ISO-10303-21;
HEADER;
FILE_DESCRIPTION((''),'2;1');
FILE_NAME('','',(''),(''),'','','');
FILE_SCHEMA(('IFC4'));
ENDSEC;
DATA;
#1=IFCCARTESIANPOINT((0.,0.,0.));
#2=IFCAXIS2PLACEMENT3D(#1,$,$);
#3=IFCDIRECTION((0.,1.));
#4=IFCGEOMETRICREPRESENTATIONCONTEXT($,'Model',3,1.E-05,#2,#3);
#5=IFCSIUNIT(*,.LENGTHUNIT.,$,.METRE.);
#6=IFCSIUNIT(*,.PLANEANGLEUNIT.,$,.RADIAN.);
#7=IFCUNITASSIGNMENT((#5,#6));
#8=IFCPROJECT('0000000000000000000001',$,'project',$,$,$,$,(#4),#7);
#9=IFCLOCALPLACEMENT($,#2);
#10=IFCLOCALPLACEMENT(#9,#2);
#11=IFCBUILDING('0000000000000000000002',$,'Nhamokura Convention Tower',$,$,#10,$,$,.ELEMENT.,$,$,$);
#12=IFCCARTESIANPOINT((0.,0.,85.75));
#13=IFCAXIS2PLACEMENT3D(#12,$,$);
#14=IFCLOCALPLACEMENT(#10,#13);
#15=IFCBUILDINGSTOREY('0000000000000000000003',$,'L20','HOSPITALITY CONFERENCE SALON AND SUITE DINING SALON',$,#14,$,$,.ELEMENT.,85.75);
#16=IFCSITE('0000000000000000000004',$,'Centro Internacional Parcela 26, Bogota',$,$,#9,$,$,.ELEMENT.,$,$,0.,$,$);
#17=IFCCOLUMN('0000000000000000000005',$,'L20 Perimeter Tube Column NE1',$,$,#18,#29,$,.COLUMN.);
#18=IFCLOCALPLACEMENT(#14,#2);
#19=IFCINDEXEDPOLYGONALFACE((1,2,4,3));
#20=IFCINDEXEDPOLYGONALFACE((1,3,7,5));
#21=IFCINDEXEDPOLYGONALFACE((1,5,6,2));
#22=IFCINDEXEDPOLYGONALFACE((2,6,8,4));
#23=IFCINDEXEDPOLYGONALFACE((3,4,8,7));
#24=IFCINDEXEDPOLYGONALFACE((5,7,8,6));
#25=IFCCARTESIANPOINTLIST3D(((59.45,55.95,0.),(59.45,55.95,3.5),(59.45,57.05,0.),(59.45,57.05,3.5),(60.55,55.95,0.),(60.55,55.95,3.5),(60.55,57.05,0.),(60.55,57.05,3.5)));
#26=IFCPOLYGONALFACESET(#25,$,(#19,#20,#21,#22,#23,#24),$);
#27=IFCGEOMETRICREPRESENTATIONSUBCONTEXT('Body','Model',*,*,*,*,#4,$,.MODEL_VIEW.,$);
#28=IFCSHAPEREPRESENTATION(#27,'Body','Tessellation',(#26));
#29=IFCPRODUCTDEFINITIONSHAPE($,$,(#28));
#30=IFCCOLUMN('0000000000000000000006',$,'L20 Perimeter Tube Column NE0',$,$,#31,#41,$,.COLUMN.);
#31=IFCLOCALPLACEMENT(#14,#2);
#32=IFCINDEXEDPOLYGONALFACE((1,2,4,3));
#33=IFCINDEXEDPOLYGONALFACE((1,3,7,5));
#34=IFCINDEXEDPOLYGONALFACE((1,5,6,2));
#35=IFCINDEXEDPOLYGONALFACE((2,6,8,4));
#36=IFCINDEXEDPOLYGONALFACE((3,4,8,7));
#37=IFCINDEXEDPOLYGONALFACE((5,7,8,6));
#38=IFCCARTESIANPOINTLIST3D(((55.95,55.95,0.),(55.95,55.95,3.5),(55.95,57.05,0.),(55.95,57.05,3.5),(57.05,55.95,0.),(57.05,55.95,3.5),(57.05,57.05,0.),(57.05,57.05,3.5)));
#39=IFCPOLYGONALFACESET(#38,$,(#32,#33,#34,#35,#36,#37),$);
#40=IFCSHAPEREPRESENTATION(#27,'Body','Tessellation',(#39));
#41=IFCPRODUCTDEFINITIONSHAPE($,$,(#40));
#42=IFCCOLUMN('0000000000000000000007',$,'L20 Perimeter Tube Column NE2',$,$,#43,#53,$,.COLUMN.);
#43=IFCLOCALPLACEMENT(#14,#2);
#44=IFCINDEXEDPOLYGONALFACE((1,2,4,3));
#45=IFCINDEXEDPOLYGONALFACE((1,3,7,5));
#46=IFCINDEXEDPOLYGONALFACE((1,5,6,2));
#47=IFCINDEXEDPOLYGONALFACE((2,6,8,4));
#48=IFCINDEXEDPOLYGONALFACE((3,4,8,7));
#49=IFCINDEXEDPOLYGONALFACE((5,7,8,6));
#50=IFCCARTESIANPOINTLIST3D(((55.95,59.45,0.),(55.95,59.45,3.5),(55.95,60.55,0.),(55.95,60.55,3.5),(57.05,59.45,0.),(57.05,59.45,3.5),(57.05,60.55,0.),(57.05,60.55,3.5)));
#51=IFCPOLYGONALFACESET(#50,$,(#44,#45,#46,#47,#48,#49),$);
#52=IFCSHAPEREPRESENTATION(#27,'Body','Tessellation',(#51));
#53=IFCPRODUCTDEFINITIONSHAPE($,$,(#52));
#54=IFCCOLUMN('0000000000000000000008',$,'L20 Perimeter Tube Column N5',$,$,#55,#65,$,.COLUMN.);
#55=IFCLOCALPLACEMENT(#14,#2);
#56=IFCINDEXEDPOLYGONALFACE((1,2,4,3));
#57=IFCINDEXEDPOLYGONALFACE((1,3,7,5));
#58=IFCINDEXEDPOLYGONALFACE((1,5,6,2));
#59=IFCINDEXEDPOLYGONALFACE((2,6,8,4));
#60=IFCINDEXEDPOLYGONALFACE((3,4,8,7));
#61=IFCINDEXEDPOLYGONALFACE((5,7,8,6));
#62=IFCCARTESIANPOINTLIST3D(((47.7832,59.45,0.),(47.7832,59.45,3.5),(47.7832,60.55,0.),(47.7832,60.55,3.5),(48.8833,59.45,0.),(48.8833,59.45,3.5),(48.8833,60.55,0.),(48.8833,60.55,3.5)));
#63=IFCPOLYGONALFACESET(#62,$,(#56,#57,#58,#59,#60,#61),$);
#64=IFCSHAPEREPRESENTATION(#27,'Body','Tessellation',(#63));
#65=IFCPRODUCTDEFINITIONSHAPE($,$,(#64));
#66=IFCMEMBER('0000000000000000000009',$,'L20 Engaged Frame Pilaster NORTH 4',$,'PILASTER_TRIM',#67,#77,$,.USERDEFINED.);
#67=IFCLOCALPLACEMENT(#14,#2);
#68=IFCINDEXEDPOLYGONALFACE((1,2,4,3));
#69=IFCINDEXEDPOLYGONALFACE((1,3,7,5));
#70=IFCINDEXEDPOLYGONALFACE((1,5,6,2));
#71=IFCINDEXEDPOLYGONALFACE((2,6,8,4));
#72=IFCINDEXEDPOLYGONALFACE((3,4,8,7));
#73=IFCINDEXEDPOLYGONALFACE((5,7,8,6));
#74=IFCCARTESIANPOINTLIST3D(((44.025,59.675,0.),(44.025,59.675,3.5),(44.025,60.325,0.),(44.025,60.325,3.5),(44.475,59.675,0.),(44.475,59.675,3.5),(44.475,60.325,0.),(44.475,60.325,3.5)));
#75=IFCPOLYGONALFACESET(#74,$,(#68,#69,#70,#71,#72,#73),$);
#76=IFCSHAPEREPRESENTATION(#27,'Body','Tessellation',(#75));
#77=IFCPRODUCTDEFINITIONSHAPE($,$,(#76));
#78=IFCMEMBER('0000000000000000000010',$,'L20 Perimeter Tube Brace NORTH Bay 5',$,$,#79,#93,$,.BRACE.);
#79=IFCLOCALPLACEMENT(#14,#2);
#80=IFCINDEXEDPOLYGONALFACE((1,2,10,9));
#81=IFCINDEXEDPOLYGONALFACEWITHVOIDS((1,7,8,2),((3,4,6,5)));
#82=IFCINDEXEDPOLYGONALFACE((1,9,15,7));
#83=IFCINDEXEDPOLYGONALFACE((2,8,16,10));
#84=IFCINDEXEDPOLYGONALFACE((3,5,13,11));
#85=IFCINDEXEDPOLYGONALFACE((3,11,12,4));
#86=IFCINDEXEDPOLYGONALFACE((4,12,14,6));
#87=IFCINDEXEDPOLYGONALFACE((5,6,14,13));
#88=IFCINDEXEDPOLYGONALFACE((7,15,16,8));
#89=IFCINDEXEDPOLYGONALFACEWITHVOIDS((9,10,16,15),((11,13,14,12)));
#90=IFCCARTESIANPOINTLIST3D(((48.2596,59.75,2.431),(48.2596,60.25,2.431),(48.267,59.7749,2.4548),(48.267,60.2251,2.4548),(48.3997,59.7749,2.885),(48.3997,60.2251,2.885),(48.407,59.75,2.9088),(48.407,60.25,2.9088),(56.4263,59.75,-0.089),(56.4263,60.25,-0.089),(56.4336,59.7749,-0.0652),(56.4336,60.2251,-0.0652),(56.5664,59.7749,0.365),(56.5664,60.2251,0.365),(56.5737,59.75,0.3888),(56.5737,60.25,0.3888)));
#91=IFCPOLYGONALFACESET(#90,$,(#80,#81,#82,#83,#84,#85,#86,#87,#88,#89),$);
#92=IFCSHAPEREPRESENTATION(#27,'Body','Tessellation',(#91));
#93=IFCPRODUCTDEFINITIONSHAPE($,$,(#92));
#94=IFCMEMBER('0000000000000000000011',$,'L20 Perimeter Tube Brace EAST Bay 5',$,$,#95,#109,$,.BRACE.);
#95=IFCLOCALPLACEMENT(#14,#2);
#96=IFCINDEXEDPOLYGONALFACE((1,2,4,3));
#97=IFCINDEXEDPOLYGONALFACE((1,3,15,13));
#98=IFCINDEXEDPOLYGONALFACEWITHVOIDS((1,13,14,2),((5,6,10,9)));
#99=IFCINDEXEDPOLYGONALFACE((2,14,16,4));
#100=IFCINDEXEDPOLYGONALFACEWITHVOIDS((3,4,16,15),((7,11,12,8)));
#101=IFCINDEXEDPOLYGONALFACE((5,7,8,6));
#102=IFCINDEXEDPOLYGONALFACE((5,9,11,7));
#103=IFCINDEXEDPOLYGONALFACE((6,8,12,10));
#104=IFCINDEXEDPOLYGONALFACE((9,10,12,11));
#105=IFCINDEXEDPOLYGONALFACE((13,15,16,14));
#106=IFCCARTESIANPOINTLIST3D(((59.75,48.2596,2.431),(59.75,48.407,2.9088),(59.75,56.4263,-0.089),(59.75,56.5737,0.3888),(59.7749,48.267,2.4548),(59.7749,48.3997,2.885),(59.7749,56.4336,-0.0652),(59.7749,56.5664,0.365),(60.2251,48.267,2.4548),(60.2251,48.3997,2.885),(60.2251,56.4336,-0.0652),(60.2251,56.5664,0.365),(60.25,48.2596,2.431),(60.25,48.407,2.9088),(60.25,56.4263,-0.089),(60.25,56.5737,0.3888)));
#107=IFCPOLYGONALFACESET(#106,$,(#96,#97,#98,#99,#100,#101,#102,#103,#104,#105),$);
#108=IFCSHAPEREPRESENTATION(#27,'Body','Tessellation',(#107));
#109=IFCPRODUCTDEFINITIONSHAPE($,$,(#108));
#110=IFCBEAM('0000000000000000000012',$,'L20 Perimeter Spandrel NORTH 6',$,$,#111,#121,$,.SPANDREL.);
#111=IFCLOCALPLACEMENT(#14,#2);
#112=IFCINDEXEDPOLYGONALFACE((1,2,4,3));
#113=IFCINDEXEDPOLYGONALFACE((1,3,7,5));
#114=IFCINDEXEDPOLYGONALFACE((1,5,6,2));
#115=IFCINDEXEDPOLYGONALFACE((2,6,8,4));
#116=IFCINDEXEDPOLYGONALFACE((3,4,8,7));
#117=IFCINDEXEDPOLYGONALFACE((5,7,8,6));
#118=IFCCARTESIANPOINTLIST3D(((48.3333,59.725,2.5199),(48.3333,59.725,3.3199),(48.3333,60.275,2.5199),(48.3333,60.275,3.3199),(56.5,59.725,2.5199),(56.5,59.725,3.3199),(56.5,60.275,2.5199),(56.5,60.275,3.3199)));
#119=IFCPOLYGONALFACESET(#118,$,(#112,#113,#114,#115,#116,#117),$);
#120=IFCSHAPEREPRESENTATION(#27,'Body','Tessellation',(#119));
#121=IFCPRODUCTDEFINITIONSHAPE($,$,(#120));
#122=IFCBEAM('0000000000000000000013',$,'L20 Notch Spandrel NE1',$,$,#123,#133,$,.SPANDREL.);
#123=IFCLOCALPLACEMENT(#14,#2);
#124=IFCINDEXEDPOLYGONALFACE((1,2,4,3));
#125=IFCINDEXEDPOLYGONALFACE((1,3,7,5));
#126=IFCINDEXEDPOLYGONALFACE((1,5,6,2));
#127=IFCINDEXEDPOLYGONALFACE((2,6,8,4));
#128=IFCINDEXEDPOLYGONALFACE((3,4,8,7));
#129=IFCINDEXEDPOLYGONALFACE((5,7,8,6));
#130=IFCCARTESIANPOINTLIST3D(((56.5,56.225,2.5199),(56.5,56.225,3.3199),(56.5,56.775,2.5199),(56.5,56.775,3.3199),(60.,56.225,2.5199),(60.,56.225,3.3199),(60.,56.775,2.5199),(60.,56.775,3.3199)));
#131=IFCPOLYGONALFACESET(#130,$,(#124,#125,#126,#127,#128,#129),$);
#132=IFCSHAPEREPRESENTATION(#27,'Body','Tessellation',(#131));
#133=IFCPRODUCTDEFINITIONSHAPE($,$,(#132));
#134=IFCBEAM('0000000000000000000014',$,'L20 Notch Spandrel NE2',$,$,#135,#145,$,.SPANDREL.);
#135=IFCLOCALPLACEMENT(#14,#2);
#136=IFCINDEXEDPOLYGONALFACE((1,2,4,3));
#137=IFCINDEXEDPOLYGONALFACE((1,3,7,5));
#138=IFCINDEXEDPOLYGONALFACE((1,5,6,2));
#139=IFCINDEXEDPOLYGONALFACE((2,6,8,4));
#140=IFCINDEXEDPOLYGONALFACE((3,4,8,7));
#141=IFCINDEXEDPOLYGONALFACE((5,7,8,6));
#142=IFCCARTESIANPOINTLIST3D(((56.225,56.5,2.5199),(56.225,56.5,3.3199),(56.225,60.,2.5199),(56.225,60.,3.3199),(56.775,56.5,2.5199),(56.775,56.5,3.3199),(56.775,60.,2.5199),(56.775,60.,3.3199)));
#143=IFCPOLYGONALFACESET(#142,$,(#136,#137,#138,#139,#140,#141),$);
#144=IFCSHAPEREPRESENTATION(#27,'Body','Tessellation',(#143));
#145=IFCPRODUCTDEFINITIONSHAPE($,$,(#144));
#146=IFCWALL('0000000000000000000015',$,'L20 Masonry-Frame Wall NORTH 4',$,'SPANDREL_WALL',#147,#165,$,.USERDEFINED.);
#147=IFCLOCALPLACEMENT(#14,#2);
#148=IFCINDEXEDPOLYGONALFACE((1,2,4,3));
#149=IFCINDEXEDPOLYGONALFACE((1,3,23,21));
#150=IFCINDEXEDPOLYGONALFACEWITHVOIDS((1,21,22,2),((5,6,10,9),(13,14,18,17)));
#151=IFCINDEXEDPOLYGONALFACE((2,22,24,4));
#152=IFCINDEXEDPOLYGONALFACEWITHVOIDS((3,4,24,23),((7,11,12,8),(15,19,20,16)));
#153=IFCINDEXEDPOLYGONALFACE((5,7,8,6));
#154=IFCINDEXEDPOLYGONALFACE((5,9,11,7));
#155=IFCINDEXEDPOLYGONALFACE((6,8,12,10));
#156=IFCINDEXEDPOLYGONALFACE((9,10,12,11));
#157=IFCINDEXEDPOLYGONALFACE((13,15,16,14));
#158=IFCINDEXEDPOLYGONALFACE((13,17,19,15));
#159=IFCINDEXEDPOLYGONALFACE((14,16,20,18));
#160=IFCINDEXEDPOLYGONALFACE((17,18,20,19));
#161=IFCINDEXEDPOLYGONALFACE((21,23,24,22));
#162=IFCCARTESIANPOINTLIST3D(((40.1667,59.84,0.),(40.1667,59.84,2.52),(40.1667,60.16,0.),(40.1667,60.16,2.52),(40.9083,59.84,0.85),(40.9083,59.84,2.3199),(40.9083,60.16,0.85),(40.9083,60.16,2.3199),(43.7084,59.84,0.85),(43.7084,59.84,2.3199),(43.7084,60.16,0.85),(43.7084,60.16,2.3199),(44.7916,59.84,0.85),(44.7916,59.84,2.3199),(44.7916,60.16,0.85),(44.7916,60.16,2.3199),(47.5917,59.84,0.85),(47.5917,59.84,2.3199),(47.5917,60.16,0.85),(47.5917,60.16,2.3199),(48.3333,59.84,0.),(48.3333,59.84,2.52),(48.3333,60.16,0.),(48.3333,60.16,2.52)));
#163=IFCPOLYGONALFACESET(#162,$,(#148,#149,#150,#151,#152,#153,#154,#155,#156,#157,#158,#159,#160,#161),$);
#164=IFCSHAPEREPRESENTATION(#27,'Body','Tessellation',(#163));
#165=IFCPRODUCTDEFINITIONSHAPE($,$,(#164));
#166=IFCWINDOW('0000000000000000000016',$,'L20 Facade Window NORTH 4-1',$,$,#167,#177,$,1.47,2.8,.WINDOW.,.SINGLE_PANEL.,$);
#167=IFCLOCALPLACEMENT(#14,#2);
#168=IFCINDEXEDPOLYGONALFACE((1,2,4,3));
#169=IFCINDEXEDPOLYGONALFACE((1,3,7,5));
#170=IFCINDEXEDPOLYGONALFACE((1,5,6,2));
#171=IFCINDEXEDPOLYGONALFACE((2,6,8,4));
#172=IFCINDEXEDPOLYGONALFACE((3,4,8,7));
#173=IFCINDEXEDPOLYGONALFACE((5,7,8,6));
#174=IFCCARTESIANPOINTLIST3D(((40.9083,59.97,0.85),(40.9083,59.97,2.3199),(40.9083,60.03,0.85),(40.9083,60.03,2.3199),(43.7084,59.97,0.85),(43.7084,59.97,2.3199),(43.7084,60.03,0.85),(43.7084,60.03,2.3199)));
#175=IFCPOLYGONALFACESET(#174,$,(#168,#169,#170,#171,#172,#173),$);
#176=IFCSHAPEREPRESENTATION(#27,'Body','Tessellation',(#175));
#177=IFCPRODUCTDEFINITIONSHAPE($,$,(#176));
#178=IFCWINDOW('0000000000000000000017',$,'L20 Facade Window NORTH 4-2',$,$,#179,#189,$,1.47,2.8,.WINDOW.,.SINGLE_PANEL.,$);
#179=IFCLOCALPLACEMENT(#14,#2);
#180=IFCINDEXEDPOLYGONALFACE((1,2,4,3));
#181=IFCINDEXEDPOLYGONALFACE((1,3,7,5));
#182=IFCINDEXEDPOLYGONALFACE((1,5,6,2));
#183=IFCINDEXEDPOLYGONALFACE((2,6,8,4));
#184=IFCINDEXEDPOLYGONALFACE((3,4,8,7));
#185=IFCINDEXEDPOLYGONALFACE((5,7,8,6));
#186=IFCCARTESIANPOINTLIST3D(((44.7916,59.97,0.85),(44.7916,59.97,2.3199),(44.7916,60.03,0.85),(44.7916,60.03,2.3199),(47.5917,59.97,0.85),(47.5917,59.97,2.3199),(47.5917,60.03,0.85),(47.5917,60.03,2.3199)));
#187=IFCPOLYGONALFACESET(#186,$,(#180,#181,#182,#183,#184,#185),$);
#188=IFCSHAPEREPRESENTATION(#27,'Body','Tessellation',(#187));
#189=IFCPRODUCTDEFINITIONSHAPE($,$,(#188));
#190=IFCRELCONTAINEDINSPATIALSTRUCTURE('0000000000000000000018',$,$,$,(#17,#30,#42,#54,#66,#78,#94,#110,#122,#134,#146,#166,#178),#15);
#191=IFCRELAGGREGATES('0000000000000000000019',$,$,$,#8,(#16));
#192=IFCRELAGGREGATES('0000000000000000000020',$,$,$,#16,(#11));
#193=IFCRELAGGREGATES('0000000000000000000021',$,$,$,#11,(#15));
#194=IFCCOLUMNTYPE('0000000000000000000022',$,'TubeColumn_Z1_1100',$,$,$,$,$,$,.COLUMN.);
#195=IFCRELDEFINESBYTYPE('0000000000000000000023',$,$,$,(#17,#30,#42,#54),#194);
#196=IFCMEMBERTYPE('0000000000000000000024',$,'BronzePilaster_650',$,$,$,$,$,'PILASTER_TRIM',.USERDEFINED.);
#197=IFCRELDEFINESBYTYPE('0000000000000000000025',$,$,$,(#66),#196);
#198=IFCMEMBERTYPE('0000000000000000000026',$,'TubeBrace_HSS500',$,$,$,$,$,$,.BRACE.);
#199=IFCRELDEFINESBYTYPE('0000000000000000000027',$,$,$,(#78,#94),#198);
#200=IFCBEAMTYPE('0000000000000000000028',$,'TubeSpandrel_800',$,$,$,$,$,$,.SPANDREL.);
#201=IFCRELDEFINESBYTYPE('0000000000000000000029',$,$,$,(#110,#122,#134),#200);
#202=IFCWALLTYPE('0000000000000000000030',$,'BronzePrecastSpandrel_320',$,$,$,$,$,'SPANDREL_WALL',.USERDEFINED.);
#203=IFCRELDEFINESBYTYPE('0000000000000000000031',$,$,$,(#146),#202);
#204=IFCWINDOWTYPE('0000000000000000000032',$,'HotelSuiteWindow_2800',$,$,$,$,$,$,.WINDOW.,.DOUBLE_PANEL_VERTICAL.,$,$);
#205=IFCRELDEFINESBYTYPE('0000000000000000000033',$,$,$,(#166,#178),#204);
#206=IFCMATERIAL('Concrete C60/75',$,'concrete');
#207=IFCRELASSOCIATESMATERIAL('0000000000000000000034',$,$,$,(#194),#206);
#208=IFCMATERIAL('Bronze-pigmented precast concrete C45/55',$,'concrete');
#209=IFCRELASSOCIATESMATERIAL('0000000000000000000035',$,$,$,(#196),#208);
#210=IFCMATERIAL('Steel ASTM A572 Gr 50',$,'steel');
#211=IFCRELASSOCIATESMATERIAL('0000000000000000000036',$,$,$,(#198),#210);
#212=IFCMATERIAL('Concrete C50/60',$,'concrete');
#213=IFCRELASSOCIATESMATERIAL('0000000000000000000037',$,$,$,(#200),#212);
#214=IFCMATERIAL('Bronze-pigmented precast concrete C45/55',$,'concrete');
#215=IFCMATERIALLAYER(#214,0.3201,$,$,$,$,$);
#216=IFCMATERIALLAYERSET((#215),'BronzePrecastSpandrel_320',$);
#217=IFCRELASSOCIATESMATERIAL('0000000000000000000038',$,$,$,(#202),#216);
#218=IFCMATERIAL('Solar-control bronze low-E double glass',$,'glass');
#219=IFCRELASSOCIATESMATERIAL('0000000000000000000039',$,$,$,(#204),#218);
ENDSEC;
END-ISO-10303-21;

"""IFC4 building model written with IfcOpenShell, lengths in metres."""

from ifc_helpers import new_model, si_unit, direction, frame, frame_2d, origin, origin_2d, place, context, subcontext, project, spatial, rectangle, hollow_rectangle, extrude, material, layer, layer_set, material_profile, profile_set, type_object, element, fill, save


model = new_model("IFC4")

# Units and contexts
model_context = context("Model", 3, precision=1e-05, world=origin(), true_north=direction((0.0, 1.0)))
body_context = subcontext(model_context, "Body", "Model", "MODEL_VIEW")
ifc_project = project(units=[si_unit("LENGTHUNIT", "METRE"), si_unit("PLANEANGLEUNIT", "RADIAN")], contexts=[model_context])

# Site, building, storey
site_placement = place(None, origin())
site = spatial("IfcSite", under=ifc_project, at=site_placement, Name="Centro Internacional Parcela 26, Bogota", CompositionType="ELEMENT", RefElevation=0.0)
building_placement = place(site_placement, origin())
building = spatial("IfcBuilding", under=site, at=building_placement, Name="Nhamokura Convention Tower", CompositionType="ELEMENT")
storey_placement = place(building_placement, frame((0.0, 0.0, 85.75)))
storey = spatial("IfcBuildingStorey", under=building, at=storey_placement, Name="L20", Description="HOSPITALITY CONFERENCE SALON AND SUITE DINING SALON", CompositionType="ELEMENT", Elevation=85.75)

# Columns
ifc_material_1 = material(Name="Concrete C60/75", Category="concrete")
ifc_material_profile_1 = material_profile(ifc_material_1, rectangle(XDim=1.1001, YDim=1.1001, at=origin_2d()))
ifc_profile_set_1 = profile_set([ifc_material_profile_1], Name="Concrete C60/75")
column_type = type_object("IfcColumnType", Name="TubeColumn_Z1_1100", PredefinedType="COLUMN", material=ifc_profile_set_1)
for number, where, z_axis, x_axis, name in (
    (1, (60.0, 56.5, 0.0), (0.0, 0.0, 1.0), (1.0, 0.0, 0.0), "L20 Perimeter Tube Column NE1"),
    (2, (56.5, 56.5, 0.0), (0.0, 0.0, 1.0), (1.0, 0.0, 0.0), "L20 Perimeter Tube Column NE0"),
    (3, (56.5, 60.0, 0.0), (0.0, 0.0, 1.0), (1.0, 0.0, 0.0), "L20 Perimeter Tube Column NE2"),
    (4, (48.3333, 60.0, 0.0), (0.0, 0.0, 1.0), (1.0, 0.0, 0.0), "L20 Perimeter Tube Column N5"),
):
    element("IfcColumn", number, at=place(storey_placement, frame(where, z_axis=z_axis, x_axis=x_axis)), inside=storey, type_object=column_type, Name=name, PredefinedType="COLUMN", context=body_context, shape_type="SweptSolid", body=[
        extrude(rectangle(XDim=1.1001, YDim=1.1001, at=origin_2d()), origin(), (0.0, 0.0, 1.0), 3.5),
    ])

# Members
ifc_material_2 = material(Name="Bronze-pigmented precast concrete C45/55", Category="concrete")
ifc_material_profile_2 = material_profile(ifc_material_2, rectangle(XDim=0.45, YDim=0.6499, at=origin_2d()))
ifc_profile_set_2 = profile_set([ifc_material_profile_2], Name="Bronze-pigmented precast concrete C45/55")
member_type_1 = type_object("IfcMemberType", Name="BronzePilaster_650", ElementType="PILASTER_TRIM", PredefinedType="USERDEFINED", material=ifc_profile_set_2)
member_placement = place(storey_placement, frame((44.25, 60.0, 0.0), z_axis=(0.0, 0.0, 1.0), x_axis=(1.0, 0.0, 0.0)))
element("IfcMember", 5, at=member_placement, inside=storey, type_object=member_type_1, Name="L20 Engaged Frame Pilaster NORTH 4", ObjectType="PILASTER_TRIM", PredefinedType="USERDEFINED", context=body_context, shape_type="SweptSolid", body=[
    extrude(rectangle(XDim=0.45, YDim=0.6499, at=origin_2d()), origin(), (0.0, 0.0, 1.0), 3.5),
])
ifc_material_3 = material(Name="Steel ASTM A572 Gr 50", Category="steel")
ifc_material_profile_3 = material_profile(ifc_material_3, hollow_rectangle(XDim=0.5, YDim=0.5, WallThickness=0.0249, at=origin_2d()))
ifc_profile_set_3 = profile_set([ifc_material_profile_3], Name="Steel ASTM A572 Gr 50")
member_type_2 = type_object("IfcMemberType", Name="TubeBrace_HSS500", PredefinedType="BRACE", material=ifc_profile_set_3)
for number, where, z_axis, x_axis, name in (
    (6, (56.5, 60.0, 0.1499), (-0.955543, 0.0, 0.294853), (0.0, -1.0, 0.0), "L20 Perimeter Tube Brace NORTH Bay 5"),
    (7, (60.0, 56.5, 0.1499), (0.0, -0.955543, 0.294853), (1.0, 0.0, 0.0), "L20 Perimeter Tube Brace EAST Bay 5"),
):
    element("IfcMember", number, at=place(storey_placement, frame(where, z_axis=z_axis, x_axis=x_axis)), inside=storey, type_object=member_type_2, Name=name, PredefinedType="BRACE", context=body_context, shape_type="SweptSolid", body=[
        extrude(hollow_rectangle(XDim=0.5, YDim=0.5, WallThickness=0.0249, at=origin_2d()), origin(), (0.0, 0.0, 1.0), 8.5466),
    ])

# Beams
ifc_material_4 = material(Name="Concrete C50/60", Category="concrete")
ifc_material_profile_4 = material_profile(ifc_material_4, rectangle(XDim=0.55, YDim=0.8, at=origin_2d()))
ifc_profile_set_4 = profile_set([ifc_material_profile_4], Name="Concrete C50/60")
beam_type = type_object("IfcBeamType", Name="TubeSpandrel_800", PredefinedType="SPANDREL", material=ifc_profile_set_4)
beam_placement = place(storey_placement, frame((48.3333, 60.0, 2.9199), z_axis=(1.0, 0.0, 0.0), x_axis=(0.0, 1.0, 0.0)))
element("IfcBeam", 8, at=beam_placement, inside=storey, type_object=beam_type, Name="L20 Perimeter Spandrel NORTH 6", PredefinedType="SPANDREL", context=body_context, shape_type="SweptSolid", body=[
    extrude(rectangle(XDim=0.55, YDim=0.8, at=origin_2d()), origin(), (0.0, 0.0, 1.0), 8.1667),
])
for number, where, z_axis, x_axis, name in (
    (9, (60.0, 56.5, 2.9199), (-1.0, 0.0, 0.0), (0.0, -1.0, 0.0), "L20 Notch Spandrel NE1"),
    (10, (56.5, 56.5, 2.9199), (0.0, 1.0, 0.0), (-1.0, 0.0, 0.0), "L20 Notch Spandrel NE2"),
):
    element("IfcBeam", number, at=place(storey_placement, frame(where, z_axis=z_axis, x_axis=x_axis)), inside=storey, type_object=beam_type, Name=name, PredefinedType="SPANDREL", context=body_context, shape_type="SweptSolid", body=[
        extrude(rectangle(XDim=0.55, YDim=0.8, at=origin_2d()), origin(), (0.0, 0.0, 1.0), 3.5),
    ])

# Wall, openings, windows
ifc_material_5 = material(Name="Bronze-pigmented precast concrete C45/55", Category="concrete")
ifc_layer = layer(ifc_material_5, 0.3201)
ifc_layer_set = layer_set([ifc_layer], Name="BronzePrecastSpandrel_320")
wall_type = type_object("IfcWallType", Name="BronzePrecastSpandrel_320", ElementType="SPANDREL_WALL", PredefinedType="USERDEFINED", material=ifc_layer_set)
wall_1_placement = place(storey_placement, frame((40.1667, 60.0, 0.0), z_axis=(0.0, 0.0, 1.0), x_axis=(1.0, 0.0, 0.0)))
wall_1 = element("IfcWall", 11, at=wall_1_placement, inside=storey, type_object=wall_type, Name="L20 Masonry-Frame Wall NORTH 4", ObjectType="SPANDREL_WALL", PredefinedType="USERDEFINED", context=body_context, shape_type="SweptSolid", body=[
    extrude(rectangle(XDim=8.1665, YDim=0.3201, at=frame_2d((4.0833, 0.0))), origin(), (0.0, 0.0, 1.0), 2.52),
])
opening_1_placement = place(wall_1_placement, frame((0.7417, 0.0, 0.8501)))
opening_1 = element("IfcOpeningElement", 12, at=opening_1_placement, cuts=wall_1, PredefinedType="OPENING", context=body_context, shape_type="SweptSolid", body=[
    extrude(rectangle(XDim=2.8, YDim=1.47, at=frame_2d((1.3999, 0.7349))), frame((0.0, 0.1699, 0.0), z_axis=(0.0, -1.0, 0.0), x_axis=(1.0, 0.0, 0.0)), (0.0, 0.0, 1.0), 0.3401),
])
opening_2_placement = place(wall_1_placement, frame((4.625, 0.0, 0.8501)))
opening_2 = element("IfcOpeningElement", 13, at=opening_2_placement, cuts=wall_1, PredefinedType="OPENING", context=body_context, shape_type="SweptSolid", body=[
    extrude(rectangle(XDim=2.8, YDim=1.47, at=frame_2d((1.3999, 0.7349))), frame((0.0, 0.1699, 0.0), z_axis=(0.0, -1.0, 0.0), x_axis=(1.0, 0.0, 0.0)), (0.0, 0.0, 1.0), 0.3401),
])
ifc_material_6 = material(Name="Solar-control bronze low-E double glass", Category="glass")
window_type = type_object("IfcWindowType", Name="HotelSuiteWindow_2800", PartitioningType="DOUBLE_PANEL_VERTICAL", PredefinedType="WINDOW", material=ifc_material_6)
window_1_placement = place(opening_1_placement, origin())
window_1 = element("IfcWindow", 14, at=window_1_placement, inside=storey, type_object=window_type, Name="L20 Facade Window NORTH 4-1", OverallHeight=1.47, OverallWidth=2.8, PartitioningType="SINGLE_PANEL", PredefinedType="WINDOW", context=body_context, shape_type="SweptSolid", body=[
    extrude(rectangle(XDim=2.8, YDim=1.47, at=frame_2d((1.3999, 0.7349))), frame((0.0, 0.03, 0.0), z_axis=(0.0, -1.0, 0.0), x_axis=(1.0, 0.0, 0.0)), (0.0, 0.0, 1.0), 0.0601),
])
fill(opening_1, window_1)
window_2_placement = place(opening_2_placement, origin())
window_2 = element("IfcWindow", 15, at=window_2_placement, inside=storey, type_object=window_type, Name="L20 Facade Window NORTH 4-2", OverallHeight=1.47, OverallWidth=2.8, PartitioningType="SINGLE_PANEL", PredefinedType="WINDOW", context=body_context, shape_type="SweptSolid", body=[
    extrude(rectangle(XDim=2.8, YDim=1.47, at=frame_2d((1.3999, 0.7349))), frame((0.0, 0.03, 0.0), z_axis=(0.0, -1.0, 0.0), x_axis=(1.0, 0.0, 0.0)), (0.0, 0.0, 1.0), 0.0601),
])
fill(opening_2, window_2)

save(model, "model.ifc")
